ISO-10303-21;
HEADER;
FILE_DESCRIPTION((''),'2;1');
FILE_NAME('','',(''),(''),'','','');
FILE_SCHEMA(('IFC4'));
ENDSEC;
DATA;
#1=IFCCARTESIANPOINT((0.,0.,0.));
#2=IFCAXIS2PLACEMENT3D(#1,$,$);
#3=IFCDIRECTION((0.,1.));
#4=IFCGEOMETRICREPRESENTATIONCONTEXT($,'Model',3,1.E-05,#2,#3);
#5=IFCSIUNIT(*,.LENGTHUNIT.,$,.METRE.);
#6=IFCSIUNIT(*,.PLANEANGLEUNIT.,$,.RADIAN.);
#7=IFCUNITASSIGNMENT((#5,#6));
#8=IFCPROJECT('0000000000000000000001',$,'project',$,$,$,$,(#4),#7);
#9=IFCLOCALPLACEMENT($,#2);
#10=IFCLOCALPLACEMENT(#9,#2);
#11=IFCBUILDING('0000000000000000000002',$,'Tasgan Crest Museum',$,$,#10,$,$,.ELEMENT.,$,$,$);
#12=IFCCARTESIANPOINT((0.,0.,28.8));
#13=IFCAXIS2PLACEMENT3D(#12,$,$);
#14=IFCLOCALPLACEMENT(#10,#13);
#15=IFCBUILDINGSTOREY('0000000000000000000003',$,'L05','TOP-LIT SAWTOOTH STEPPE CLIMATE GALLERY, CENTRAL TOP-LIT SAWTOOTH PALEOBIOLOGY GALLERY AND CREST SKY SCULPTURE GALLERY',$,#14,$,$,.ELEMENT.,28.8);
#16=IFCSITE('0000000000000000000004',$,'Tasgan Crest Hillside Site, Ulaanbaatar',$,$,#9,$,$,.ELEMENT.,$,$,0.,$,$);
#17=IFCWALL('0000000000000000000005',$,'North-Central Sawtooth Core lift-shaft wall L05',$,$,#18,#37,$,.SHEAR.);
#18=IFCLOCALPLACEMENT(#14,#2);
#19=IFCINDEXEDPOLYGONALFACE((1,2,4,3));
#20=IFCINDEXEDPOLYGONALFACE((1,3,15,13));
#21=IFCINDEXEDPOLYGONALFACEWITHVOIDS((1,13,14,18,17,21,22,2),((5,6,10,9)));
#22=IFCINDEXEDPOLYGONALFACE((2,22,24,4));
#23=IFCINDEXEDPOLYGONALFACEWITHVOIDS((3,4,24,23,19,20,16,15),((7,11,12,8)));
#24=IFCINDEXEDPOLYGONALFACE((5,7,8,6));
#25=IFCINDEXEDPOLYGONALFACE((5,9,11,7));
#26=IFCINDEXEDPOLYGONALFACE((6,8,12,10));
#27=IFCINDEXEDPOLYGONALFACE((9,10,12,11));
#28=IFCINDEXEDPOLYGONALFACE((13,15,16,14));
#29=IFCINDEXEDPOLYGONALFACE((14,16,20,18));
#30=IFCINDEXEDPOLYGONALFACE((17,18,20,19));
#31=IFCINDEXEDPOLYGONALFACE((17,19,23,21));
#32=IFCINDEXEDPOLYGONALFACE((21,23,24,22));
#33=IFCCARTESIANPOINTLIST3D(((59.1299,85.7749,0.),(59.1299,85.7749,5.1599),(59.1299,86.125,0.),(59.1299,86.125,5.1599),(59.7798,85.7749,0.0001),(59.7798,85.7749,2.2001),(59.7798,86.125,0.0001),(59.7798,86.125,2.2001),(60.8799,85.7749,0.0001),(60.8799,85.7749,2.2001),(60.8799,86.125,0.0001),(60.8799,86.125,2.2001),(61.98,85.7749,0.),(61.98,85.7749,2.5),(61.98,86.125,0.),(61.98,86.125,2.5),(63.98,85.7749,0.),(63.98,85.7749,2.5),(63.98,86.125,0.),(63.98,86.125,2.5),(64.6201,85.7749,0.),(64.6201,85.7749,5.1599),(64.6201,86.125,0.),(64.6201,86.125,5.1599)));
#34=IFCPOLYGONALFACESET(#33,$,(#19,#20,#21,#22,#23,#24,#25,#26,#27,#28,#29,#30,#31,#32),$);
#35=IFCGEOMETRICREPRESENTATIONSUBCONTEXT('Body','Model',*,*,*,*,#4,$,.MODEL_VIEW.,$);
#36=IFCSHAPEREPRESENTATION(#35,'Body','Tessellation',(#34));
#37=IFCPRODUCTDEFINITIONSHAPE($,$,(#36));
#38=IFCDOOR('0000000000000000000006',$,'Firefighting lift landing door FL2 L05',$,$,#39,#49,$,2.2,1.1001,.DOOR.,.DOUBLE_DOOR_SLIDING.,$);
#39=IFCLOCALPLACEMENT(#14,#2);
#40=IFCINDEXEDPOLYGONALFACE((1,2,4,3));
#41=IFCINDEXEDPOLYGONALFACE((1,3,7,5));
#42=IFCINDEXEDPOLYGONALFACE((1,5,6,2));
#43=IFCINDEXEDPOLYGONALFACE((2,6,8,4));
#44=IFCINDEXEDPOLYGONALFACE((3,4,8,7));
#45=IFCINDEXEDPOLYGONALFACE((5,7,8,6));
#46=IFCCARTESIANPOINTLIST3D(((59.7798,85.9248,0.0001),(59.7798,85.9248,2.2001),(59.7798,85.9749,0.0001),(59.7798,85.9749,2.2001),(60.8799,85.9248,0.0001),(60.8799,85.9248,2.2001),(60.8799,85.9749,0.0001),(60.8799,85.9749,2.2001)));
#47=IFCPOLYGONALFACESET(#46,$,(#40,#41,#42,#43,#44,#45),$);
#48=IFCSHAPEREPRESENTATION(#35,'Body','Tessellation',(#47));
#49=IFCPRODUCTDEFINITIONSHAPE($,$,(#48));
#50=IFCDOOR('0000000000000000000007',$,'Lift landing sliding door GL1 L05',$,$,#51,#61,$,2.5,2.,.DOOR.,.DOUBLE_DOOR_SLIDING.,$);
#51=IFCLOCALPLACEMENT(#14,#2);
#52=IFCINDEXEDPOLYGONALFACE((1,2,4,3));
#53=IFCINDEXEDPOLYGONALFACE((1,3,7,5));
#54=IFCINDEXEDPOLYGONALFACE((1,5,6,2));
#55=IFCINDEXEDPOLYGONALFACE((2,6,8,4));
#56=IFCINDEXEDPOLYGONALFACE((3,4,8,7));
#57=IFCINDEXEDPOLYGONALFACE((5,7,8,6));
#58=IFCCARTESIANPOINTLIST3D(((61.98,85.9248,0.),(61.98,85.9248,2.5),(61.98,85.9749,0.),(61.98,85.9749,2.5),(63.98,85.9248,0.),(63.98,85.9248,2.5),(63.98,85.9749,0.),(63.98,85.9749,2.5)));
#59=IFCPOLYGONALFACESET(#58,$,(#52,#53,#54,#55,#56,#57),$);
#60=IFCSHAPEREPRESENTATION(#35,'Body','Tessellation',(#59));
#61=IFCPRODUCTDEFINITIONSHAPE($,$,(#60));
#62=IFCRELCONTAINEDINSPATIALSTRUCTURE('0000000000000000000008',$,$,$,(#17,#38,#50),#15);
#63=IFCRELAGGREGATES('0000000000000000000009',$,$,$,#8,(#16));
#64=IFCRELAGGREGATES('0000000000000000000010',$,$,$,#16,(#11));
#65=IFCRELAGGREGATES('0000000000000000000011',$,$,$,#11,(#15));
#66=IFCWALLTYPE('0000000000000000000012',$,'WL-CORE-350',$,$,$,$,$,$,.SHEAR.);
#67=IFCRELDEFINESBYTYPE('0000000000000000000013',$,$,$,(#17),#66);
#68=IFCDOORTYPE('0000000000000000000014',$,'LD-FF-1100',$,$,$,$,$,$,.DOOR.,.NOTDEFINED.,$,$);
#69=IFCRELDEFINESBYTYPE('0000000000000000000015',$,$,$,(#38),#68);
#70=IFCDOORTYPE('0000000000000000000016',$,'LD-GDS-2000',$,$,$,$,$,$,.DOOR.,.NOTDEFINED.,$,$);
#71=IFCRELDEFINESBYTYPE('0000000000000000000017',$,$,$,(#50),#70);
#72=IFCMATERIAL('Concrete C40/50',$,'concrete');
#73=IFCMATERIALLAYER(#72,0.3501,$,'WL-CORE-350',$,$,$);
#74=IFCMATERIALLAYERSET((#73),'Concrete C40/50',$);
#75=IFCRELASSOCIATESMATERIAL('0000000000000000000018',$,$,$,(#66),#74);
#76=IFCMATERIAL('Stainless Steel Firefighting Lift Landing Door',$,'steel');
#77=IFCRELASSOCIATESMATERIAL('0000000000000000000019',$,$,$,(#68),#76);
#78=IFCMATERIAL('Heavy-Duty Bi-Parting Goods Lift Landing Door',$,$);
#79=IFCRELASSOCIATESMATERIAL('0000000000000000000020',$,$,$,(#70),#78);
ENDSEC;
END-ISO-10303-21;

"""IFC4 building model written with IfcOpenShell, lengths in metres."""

from ifc_helpers import new_model, si_unit, direction, frame, frame_2d, origin, place, context, subcontext, project, spatial, rectangle, extrude, material, layer, layer_set, type_object, element, fill, save


model = new_model("IFC4")

# Units and contexts
model_context = context("Model", 3, precision=1e-05, world=origin(), true_north=direction((0.0, 1.0)))
body_context = subcontext(model_context, "Body", "Model", "MODEL_VIEW")
ifc_project = project(units=[si_unit("LENGTHUNIT", "METRE"), si_unit("PLANEANGLEUNIT", "RADIAN")], contexts=[model_context])

# Site, building, storey
site_placement = place(None, origin())
site = spatial("IfcSite", under=ifc_project, at=site_placement, Name="Tasgan Crest Hillside Site, Ulaanbaatar", CompositionType="ELEMENT", RefElevation=0.0)
building_placement = place(site_placement, origin())
building = spatial("IfcBuilding", under=site, at=building_placement, Name="Tasgan Crest Museum", CompositionType="ELEMENT")
storey_placement = place(building_placement, frame((0.0, 0.0, 28.8)))
storey = spatial("IfcBuildingStorey", under=building, at=storey_placement, Name="L05", Description="TOP-LIT SAWTOOTH STEPPE CLIMATE GALLERY, CENTRAL TOP-LIT SAWTOOTH PALEOBIOLOGY GALLERY AND CREST SKY SCULPTURE GALLERY", CompositionType="ELEMENT", Elevation=28.8)

# Shared definitions
ifc_material_1 = material(Name="Concrete C40/50", Category="concrete")
ifc_layer_1 = layer(ifc_material_1, 0.3501, Name="WL-CORE-350")
ifc_layer_set_1 = layer_set([ifc_layer_1], Name="Concrete C40/50")
wall_type = type_object("IfcWallType", Name="WL-CORE-350", PredefinedType="SHEAR", material=ifc_layer_set_1)

# Wall, openings, doors
wall_1_placement = place(storey_placement, frame((59.1299, 85.95, 0.0), z_axis=(0.0, 0.0, 1.0), x_axis=(1.0, 0.0, 0.0)))
wall_1 = element("IfcWall", 1, at=wall_1_placement, inside=storey, type_object=wall_type, Name="North-Central Sawtooth Core lift-shaft wall L05", PredefinedType="SHEAR", context=body_context, shape_type="SweptSolid", body=[
    extrude(rectangle(XDim=5.4902, YDim=0.3501, at=frame_2d((2.7451, 0.0))), origin(), (0.0, 0.0, 1.0), 5.1599),
])
opening_1_placement = place(wall_1_placement, frame((0.6499, 0.0, 0.0)))
opening_1 = element("IfcOpeningElement", 2, at=opening_1_placement, cuts=wall_1, PredefinedType="OPENING", context=body_context, shape_type="SweptSolid", body=[
    extrude(rectangle(XDim=1.1001, YDim=2.2, at=frame_2d((0.55, 1.1001))), frame((0.0, 0.1851, 0.0), z_axis=(0.0, -1.0, 0.0), x_axis=(1.0, 0.0, 0.0)), (0.0, 0.0, 1.0), 0.3701),
])
opening_2_placement = place(wall_1_placement, frame((2.8501, 0.0, 0.0)))
opening_2 = element("IfcOpeningElement", 3, at=opening_2_placement, cuts=wall_1, PredefinedType="OPENING", context=body_context, shape_type="SweptSolid", body=[
    extrude(rectangle(XDim=2.0, YDim=2.5, at=frame_2d((1.0, 1.25))), frame((0.0, 0.1851, 0.0), z_axis=(0.0, -1.0, 0.0), x_axis=(1.0, 0.0, 0.0)), (0.0, 0.0, 1.0), 0.3701),
])
ifc_material_2 = material(Name="Stainless Steel Firefighting Lift Landing Door", Category="steel")
door_type_1 = type_object("IfcDoorType", Name="LD-FF-1100", OperationType="NOTDEFINED", PredefinedType="DOOR", material=ifc_material_2)
door_1_placement = place(opening_1_placement, origin())
door_1 = element("IfcDoor", 4, at=door_1_placement, inside=storey, type_object=door_type_1, Name="Firefighting lift landing door FL2 L05", OperationType="DOUBLE_DOOR_SLIDING", OverallHeight=2.2, OverallWidth=1.1001, PredefinedType="DOOR", context=body_context, shape_type="SweptSolid", body=[
    extrude(rectangle(XDim=1.1001, YDim=2.2, at=frame_2d((0.55, 1.1001))), frame((0.0, 0.0249, 0.0), z_axis=(0.0, -1.0, 0.0), x_axis=(1.0, 0.0, 0.0)), (0.0, 0.0, 1.0), 0.05),
])
fill(opening_1, door_1)
ifc_material_3 = material(Name="Heavy-Duty Bi-Parting Goods Lift Landing Door")
door_type_2 = type_object("IfcDoorType", Name="LD-GDS-2000", OperationType="NOTDEFINED", PredefinedType="DOOR", material=ifc_material_3)
door_2_placement = place(opening_2_placement, origin())
door_2 = element("IfcDoor", 5, at=door_2_placement, inside=storey, type_object=door_type_2, Name="Lift landing sliding door GL1 L05", OperationType="DOUBLE_DOOR_SLIDING", OverallHeight=2.5, OverallWidth=2.0, PredefinedType="DOOR", context=body_context, shape_type="SweptSolid", body=[
    extrude(rectangle(XDim=2.0, YDim=2.5, at=frame_2d((1.0, 1.25))), frame((0.0, 0.0249, 0.0), z_axis=(0.0, -1.0, 0.0), x_axis=(1.0, 0.0, 0.0)), (0.0, 0.0, 1.0), 0.05),
])
fill(opening_2, door_2)

save(model, "model.ifc")
